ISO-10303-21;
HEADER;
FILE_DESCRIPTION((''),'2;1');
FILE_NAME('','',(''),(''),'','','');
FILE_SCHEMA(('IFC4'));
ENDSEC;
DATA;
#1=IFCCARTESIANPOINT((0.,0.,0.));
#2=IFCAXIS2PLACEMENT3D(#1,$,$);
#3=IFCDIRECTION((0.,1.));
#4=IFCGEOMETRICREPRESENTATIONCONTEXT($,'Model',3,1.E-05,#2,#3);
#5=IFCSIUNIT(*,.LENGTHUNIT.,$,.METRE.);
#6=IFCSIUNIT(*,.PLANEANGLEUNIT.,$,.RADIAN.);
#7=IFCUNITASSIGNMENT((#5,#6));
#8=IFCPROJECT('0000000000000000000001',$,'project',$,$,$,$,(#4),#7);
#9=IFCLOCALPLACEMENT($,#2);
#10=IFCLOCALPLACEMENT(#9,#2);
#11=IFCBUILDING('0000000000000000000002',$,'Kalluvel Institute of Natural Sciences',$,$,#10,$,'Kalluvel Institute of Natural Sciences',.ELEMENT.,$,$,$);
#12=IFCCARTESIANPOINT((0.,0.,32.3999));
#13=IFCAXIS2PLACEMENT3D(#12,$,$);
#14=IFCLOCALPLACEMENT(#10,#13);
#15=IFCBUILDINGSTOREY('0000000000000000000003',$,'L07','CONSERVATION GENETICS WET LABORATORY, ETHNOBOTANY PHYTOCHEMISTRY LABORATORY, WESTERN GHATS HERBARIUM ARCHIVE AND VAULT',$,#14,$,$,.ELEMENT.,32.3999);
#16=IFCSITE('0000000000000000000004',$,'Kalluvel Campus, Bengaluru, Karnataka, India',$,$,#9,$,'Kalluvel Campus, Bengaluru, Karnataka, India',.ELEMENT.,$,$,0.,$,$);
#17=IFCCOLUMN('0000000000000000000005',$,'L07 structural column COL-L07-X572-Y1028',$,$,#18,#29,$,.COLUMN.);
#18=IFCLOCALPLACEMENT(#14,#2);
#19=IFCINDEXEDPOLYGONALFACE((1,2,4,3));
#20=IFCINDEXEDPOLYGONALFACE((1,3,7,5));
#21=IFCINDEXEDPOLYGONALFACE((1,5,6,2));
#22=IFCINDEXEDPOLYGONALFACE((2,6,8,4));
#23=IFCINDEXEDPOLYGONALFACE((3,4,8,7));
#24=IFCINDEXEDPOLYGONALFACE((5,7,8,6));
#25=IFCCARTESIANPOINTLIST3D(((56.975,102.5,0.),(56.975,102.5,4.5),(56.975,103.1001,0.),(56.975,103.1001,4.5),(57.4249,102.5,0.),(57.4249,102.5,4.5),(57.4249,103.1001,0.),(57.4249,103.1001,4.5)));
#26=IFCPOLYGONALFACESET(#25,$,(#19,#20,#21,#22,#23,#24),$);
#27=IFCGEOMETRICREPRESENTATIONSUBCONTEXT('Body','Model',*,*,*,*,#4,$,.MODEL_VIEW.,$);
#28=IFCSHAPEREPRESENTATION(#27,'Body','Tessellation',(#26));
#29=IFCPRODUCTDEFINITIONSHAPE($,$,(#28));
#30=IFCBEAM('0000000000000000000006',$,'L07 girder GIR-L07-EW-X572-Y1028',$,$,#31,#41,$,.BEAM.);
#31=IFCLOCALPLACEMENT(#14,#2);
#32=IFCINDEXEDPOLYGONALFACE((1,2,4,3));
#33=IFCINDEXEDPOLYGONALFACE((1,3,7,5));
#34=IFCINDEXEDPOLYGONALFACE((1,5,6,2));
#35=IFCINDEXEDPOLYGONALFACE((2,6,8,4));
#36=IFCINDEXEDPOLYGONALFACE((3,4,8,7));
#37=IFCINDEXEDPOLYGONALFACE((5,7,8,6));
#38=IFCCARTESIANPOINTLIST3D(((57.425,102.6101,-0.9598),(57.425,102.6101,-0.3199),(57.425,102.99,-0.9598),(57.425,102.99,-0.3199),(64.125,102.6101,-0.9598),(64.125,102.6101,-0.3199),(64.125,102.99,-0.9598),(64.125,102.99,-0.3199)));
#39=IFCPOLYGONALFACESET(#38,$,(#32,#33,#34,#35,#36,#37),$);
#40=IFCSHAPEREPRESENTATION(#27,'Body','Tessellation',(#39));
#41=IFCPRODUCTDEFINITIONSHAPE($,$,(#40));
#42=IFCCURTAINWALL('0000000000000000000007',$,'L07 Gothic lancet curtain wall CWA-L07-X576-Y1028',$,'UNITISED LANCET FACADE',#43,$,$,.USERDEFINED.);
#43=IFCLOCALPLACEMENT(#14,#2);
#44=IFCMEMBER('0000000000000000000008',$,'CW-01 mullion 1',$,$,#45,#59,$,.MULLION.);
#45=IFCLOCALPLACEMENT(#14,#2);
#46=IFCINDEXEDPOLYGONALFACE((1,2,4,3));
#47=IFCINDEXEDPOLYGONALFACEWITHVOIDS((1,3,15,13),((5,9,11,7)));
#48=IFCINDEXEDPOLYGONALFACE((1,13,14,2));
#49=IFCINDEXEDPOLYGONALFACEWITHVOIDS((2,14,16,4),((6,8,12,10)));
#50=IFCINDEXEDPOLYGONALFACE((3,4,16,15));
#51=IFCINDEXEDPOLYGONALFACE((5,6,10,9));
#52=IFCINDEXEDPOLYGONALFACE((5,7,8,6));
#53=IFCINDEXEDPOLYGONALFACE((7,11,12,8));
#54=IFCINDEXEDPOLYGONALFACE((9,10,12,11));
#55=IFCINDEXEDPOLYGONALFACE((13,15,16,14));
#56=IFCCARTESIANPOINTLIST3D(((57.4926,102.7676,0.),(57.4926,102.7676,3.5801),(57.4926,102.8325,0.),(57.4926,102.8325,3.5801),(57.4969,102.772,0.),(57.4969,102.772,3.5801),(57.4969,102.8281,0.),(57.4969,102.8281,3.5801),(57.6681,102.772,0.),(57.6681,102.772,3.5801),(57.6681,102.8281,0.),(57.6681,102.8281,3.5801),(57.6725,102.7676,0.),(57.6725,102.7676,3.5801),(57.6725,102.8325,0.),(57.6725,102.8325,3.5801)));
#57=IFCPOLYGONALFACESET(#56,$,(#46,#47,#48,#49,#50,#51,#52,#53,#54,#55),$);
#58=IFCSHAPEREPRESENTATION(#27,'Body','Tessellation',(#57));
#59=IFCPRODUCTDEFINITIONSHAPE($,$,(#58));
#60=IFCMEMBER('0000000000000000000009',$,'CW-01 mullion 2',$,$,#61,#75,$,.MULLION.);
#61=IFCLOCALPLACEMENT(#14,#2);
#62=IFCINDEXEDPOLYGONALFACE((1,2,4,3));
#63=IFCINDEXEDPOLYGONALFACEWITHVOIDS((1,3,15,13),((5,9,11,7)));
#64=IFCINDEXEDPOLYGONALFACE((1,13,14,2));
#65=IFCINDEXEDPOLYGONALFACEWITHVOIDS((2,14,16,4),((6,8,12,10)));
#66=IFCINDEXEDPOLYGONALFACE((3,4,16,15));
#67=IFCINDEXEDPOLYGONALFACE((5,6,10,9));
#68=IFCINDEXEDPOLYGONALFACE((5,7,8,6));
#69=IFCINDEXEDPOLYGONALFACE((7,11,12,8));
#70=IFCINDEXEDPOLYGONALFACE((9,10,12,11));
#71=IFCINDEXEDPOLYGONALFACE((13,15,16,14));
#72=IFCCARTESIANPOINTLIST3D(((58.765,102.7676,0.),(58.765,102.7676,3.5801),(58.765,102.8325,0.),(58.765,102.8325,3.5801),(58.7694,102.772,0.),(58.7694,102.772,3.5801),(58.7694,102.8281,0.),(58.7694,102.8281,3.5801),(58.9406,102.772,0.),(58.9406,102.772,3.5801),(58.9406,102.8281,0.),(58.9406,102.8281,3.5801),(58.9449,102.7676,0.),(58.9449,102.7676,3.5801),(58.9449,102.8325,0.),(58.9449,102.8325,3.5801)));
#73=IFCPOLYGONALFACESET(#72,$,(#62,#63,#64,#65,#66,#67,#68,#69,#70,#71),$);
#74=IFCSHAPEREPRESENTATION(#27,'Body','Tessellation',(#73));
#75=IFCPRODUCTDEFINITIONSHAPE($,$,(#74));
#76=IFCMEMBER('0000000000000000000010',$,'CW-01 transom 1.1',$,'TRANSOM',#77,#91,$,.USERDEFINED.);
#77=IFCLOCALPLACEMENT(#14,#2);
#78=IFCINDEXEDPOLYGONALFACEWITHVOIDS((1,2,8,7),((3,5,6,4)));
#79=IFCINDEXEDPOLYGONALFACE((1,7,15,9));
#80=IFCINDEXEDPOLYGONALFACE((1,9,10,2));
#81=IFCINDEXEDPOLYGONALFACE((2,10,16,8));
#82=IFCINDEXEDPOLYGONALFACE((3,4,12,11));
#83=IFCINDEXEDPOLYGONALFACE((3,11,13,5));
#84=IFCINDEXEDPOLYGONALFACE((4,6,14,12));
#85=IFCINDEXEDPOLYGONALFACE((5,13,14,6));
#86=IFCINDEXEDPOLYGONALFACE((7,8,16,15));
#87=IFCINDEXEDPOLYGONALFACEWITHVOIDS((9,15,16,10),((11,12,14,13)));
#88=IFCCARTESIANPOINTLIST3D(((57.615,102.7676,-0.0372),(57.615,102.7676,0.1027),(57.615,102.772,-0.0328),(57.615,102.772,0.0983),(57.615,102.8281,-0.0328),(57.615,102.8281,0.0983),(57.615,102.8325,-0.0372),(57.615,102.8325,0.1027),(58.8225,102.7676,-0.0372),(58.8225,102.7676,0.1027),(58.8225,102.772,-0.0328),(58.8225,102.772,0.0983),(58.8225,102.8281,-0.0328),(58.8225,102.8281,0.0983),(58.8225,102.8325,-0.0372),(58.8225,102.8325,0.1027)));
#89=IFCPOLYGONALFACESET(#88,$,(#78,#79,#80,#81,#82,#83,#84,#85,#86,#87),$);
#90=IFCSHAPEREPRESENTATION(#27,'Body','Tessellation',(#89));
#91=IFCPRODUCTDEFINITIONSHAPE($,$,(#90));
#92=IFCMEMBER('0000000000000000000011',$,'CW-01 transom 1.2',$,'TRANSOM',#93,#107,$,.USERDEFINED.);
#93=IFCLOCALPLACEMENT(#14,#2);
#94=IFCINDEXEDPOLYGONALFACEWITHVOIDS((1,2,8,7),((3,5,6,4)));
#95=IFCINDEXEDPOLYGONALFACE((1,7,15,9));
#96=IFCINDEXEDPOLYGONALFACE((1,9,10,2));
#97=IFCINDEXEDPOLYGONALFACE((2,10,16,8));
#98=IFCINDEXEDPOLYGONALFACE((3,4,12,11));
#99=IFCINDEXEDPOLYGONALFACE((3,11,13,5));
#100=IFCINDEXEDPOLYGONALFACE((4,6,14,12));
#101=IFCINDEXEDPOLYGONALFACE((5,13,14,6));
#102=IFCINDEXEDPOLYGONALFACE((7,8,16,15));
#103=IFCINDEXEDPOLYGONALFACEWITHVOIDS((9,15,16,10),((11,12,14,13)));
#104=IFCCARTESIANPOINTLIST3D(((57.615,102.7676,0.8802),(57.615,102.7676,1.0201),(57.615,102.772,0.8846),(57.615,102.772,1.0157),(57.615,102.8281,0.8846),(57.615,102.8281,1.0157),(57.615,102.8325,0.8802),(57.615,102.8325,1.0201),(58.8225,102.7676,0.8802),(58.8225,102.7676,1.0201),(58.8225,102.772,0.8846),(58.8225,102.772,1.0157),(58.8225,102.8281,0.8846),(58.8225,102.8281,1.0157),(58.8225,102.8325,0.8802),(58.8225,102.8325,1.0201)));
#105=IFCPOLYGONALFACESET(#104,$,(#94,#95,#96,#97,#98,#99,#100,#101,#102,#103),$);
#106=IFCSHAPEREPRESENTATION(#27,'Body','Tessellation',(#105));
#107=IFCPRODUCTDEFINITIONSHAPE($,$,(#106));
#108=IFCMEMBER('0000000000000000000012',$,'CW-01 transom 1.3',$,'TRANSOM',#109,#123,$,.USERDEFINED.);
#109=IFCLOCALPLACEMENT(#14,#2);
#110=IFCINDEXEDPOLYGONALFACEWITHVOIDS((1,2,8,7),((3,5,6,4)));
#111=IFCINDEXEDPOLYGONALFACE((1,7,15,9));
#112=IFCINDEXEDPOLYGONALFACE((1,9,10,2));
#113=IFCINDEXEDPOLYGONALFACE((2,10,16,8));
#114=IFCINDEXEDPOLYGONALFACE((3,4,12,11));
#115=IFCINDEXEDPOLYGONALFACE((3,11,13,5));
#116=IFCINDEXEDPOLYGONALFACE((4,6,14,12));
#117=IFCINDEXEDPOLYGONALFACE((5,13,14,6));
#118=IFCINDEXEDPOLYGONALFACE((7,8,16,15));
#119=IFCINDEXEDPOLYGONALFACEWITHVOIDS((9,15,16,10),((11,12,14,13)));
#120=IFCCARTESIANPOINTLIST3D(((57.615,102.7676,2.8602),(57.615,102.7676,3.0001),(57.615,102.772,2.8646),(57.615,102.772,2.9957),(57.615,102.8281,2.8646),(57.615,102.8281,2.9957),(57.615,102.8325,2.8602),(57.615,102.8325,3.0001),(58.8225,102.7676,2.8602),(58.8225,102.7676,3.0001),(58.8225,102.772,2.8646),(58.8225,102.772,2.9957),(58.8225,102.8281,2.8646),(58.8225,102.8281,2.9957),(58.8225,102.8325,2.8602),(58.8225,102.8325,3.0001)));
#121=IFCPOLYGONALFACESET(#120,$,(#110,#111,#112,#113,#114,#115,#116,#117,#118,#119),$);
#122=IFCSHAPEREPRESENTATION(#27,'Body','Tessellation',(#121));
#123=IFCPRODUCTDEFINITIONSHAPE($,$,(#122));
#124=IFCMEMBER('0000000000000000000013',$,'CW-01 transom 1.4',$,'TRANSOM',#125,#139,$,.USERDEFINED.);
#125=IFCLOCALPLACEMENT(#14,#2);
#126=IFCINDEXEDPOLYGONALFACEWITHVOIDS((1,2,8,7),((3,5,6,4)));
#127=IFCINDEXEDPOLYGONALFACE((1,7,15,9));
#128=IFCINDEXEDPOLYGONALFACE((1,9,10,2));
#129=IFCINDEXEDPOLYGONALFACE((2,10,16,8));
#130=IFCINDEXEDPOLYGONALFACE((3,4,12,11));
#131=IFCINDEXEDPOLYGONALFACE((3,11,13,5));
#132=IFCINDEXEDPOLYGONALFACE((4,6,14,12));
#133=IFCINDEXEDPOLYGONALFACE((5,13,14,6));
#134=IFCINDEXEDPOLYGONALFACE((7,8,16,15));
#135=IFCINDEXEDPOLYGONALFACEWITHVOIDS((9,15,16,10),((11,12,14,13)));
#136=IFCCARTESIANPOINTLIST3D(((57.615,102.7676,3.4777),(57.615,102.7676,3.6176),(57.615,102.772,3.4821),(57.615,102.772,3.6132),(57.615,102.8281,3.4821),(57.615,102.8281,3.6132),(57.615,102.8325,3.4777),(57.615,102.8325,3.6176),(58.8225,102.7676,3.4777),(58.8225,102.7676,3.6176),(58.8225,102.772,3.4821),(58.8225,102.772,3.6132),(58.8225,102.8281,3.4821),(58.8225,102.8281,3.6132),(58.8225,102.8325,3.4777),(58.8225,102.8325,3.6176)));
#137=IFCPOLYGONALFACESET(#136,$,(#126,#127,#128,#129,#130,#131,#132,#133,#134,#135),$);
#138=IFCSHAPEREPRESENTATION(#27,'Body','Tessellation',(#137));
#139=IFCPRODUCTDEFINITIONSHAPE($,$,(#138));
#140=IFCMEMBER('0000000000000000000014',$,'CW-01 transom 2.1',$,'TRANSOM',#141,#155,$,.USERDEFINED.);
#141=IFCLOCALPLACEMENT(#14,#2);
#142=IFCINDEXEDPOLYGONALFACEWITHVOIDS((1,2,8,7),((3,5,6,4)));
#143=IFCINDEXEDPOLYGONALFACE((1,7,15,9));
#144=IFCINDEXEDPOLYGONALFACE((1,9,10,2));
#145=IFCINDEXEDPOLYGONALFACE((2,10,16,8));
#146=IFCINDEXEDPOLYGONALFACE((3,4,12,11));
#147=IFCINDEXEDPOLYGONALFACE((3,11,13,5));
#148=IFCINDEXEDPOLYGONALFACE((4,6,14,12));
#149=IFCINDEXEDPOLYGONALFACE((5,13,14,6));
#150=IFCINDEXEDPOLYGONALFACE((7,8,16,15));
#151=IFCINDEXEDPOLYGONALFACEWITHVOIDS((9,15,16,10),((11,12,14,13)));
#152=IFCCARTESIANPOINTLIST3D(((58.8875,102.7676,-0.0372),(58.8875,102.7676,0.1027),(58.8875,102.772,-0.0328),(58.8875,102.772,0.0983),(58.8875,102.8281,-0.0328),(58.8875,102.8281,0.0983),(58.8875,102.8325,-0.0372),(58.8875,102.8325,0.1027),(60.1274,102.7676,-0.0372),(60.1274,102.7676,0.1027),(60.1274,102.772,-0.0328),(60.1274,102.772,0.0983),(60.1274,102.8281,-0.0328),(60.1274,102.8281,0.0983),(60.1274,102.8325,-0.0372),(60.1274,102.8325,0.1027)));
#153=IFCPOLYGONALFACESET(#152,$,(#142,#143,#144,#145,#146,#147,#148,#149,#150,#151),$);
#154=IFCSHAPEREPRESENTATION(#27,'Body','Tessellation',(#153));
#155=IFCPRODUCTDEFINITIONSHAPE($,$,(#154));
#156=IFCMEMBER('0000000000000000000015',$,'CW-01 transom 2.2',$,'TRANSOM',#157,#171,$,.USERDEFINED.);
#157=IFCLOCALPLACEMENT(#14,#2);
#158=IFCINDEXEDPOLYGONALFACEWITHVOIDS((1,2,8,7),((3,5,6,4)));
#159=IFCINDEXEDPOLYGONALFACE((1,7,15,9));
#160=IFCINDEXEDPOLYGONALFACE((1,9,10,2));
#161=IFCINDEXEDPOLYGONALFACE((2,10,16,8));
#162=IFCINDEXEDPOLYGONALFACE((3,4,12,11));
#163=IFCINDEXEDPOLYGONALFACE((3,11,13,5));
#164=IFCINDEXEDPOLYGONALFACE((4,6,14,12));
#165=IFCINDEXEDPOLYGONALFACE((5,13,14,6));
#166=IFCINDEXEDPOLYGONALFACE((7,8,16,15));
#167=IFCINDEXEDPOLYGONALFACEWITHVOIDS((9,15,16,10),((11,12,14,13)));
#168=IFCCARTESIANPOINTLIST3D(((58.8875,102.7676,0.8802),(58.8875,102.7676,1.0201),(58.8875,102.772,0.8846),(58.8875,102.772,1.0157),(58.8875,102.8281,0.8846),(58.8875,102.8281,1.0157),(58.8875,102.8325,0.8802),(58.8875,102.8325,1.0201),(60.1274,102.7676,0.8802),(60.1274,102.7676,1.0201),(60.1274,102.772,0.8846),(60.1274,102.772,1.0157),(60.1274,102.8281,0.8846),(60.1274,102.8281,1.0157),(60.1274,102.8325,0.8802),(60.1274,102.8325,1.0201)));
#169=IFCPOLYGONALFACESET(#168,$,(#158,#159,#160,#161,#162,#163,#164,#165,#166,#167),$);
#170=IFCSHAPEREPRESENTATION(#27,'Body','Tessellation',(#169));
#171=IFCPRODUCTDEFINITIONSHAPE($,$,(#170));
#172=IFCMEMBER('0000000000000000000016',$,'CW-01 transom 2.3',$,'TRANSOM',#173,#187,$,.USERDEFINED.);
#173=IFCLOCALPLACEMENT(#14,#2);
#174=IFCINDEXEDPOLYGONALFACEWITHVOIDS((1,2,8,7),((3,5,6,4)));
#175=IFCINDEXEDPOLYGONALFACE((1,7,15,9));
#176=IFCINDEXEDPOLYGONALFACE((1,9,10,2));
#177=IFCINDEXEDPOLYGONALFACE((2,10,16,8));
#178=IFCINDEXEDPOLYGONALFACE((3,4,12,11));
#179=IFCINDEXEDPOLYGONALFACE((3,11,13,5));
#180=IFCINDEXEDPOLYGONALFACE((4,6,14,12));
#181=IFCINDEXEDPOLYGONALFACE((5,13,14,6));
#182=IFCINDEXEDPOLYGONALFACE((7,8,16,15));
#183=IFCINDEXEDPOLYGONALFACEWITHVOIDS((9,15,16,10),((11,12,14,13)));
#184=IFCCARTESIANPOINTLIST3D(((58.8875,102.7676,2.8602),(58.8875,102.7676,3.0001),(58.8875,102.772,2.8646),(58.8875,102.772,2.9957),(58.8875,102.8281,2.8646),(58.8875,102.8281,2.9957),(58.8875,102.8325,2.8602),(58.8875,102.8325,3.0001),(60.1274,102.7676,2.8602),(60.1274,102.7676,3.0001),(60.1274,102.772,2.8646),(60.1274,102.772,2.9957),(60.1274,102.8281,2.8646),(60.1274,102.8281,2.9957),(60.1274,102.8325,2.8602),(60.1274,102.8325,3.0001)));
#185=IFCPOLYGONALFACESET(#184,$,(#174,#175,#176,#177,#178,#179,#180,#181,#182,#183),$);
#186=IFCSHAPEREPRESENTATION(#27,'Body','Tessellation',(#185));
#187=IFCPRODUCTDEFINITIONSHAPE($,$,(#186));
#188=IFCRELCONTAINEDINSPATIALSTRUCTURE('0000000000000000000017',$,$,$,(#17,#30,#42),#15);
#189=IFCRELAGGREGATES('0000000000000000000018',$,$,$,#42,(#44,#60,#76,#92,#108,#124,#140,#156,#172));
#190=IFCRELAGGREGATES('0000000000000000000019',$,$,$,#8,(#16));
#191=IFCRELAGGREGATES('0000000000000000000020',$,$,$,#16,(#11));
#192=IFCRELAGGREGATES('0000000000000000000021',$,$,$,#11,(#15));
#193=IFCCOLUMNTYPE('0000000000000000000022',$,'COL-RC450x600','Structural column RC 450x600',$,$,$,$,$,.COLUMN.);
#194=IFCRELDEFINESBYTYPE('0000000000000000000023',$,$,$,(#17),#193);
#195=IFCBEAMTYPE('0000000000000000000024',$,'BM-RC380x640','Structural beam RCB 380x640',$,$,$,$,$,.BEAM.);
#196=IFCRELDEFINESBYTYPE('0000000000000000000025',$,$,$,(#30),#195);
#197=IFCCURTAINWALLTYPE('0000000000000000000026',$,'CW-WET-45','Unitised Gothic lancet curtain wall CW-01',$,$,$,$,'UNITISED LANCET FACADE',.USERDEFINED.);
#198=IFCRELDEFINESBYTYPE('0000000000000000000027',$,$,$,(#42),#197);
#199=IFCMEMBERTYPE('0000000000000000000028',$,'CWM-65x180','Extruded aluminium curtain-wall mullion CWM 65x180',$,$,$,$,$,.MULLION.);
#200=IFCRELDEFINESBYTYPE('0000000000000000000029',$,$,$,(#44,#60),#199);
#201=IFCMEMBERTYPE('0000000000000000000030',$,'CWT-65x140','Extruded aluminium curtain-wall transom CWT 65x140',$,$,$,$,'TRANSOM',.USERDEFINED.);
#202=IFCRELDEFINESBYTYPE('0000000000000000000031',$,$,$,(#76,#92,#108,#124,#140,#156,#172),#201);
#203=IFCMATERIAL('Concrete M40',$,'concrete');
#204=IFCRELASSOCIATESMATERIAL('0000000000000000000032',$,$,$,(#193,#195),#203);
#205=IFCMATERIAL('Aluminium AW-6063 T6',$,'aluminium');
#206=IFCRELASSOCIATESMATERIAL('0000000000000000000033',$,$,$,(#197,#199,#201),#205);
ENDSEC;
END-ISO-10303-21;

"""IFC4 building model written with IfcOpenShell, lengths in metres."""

from ifc_helpers import new_model, si_unit, direction, frame, origin, origin_2d, place, context, subcontext, project, spatial, rectangle, hollow_rectangle, extrude, material, material_profile, profile_set, type_object, element, aggregate, save


model = new_model("IFC4")

# Units and contexts
model_context = context("Model", 3, precision=1e-05, world=origin(), true_north=direction((0.0, 1.0)))
body_context = subcontext(model_context, "Body", "Model", "MODEL_VIEW")
ifc_project = project(units=[si_unit("LENGTHUNIT", "METRE"), si_unit("PLANEANGLEUNIT", "RADIAN")], contexts=[model_context])

# Site, building, storey
site_placement = place(None, origin())
site = spatial("IfcSite", under=ifc_project, at=site_placement, Name="Kalluvel Campus, Bengaluru, Karnataka, India", LongName="Kalluvel Campus, Bengaluru, Karnataka, India", CompositionType="ELEMENT", RefElevation=0.0)
building_placement = place(site_placement, origin())
building = spatial("IfcBuilding", under=site, at=building_placement, Name="Kalluvel Institute of Natural Sciences", LongName="Kalluvel Institute of Natural Sciences", CompositionType="ELEMENT")
storey_placement = place(building_placement, frame((0.0, 0.0, 32.3999)))
storey = spatial("IfcBuildingStorey", under=building, at=storey_placement, Name="L07", Description="CONSERVATION GENETICS WET LABORATORY, ETHNOBOTANY PHYTOCHEMISTRY LABORATORY, WESTERN GHATS HERBARIUM ARCHIVE AND VAULT", CompositionType="ELEMENT", Elevation=32.3999)

# Column
ifc_material_1 = material(Name="Concrete M40", Category="concrete")
ifc_material_profile_1 = material_profile(ifc_material_1, rectangle(XDim=0.45, YDim=0.6001, at=origin_2d()), Name="RC 450x600")
ifc_profile_set_1 = profile_set([ifc_material_profile_1], Name="Concrete M40")
column_type = type_object("IfcColumnType", Name="COL-RC450x600", Description="Structural column RC 450x600", PredefinedType="COLUMN", material=ifc_profile_set_1)
column_placement = place(storey_placement, frame((57.2, 102.8, 0.0), z_axis=(0.0, 0.0, 1.0), x_axis=(1.0, 0.0, 0.0)))
element("IfcColumn", 1, at=column_placement, inside=storey, type_object=column_type, Name="L07 structural column COL-L07-X572-Y1028", PredefinedType="COLUMN", context=body_context, shape_type="SweptSolid", body=[
    extrude(rectangle(XDim=0.45, YDim=0.6001, at=origin_2d()), origin(), (0.0, 0.0, 1.0), 4.5),
])

# Beam
ifc_material_profile_2 = material_profile(ifc_material_1, rectangle(XDim=0.3799, YDim=0.6399, at=origin_2d()), Name="RCB 380x640")
ifc_profile_set_2 = profile_set([ifc_material_profile_2], Name="Concrete M40")
beam_type = type_object("IfcBeamType", Name="BM-RC380x640", Description="Structural beam RCB 380x640", PredefinedType="BEAM", material=ifc_profile_set_2)
beam_placement = place(storey_placement, frame((57.425, 102.8, -0.6399), z_axis=(1.0, 0.0, 0.0), x_axis=(0.0, 1.0, 0.0)))
element("IfcBeam", 2, at=beam_placement, inside=storey, type_object=beam_type, Name="L07 girder GIR-L07-EW-X572-Y1028", PredefinedType="BEAM", context=body_context, shape_type="SweptSolid", body=[
    extrude(rectangle(XDim=0.3799, YDim=0.6399, at=origin_2d()), origin(), (0.0, 0.0, 1.0), 6.7),
])

# Curtain wall, members
ifc_material_2 = material(Name="Aluminium AW-6063 T6", Category="aluminium")
curtain_wall_type = type_object("IfcCurtainWallType", Name="CW-WET-45", Description="Unitised Gothic lancet curtain wall CW-01", ElementType="UNITISED LANCET FACADE", PredefinedType="USERDEFINED", material=ifc_material_2)
curtain_wall_placement = place(storey_placement, origin())
curtain_wall = element("IfcCurtainWall", 3, at=curtain_wall_placement, inside=storey, type_object=curtain_wall_type, Name="L07 Gothic lancet curtain wall CWA-L07-X576-Y1028", ObjectType="UNITISED LANCET FACADE", PredefinedType="USERDEFINED")
ifc_material_profile_3 = material_profile(ifc_material_2, hollow_rectangle(XDim=0.0649, YDim=0.1799, WallThickness=0.0044, at=origin_2d()), Name="CWM 65x180")
ifc_profile_set_3 = profile_set([ifc_material_profile_3], Name="Aluminium AW-6063 T6")
member_type_1 = type_object("IfcMemberType", Name="CWM-65x180", Description="Extruded aluminium curtain-wall mullion CWM 65x180", PredefinedType="MULLION", material=ifc_profile_set_3)
member_1_placement = place(storey_placement, frame((57.5825, 102.8, 0.0), z_axis=(0.0, 0.0, 1.0), x_axis=(0.0, 1.0, 0.0)))
member_1 = element("IfcMember", 4, at=member_1_placement, type_object=member_type_1, Name="CW-01 mullion 1", PredefinedType="MULLION", context=body_context, shape_type="SweptSolid", body=[
    extrude(hollow_rectangle(XDim=0.0649, YDim=0.1799, WallThickness=0.0044, at=origin_2d()), origin(), (0.0, 0.0, 1.0), 3.5801),
])
member_2_placement = place(storey_placement, frame((58.855, 102.8, 0.0), z_axis=(0.0, 0.0, 1.0), x_axis=(0.0, 1.0, 0.0)))
member_2 = element("IfcMember", 5, at=member_2_placement, type_object=member_type_1, Name="CW-01 mullion 2", PredefinedType="MULLION", context=body_context, shape_type="SweptSolid", body=[
    extrude(hollow_rectangle(XDim=0.0649, YDim=0.1799, WallThickness=0.0044, at=origin_2d()), origin(), (0.0, 0.0, 1.0), 3.5801),
])
ifc_material_profile_4 = material_profile(ifc_material_2, hollow_rectangle(XDim=0.0649, YDim=0.1399, WallThickness=0.0044, at=origin_2d()), Name="CWT 65x140")
ifc_profile_set_4 = profile_set([ifc_material_profile_4], Name="Aluminium AW-6063 T6")
member_type_2 = type_object("IfcMemberType", Name="CWT-65x140", Description="Extruded aluminium curtain-wall transom CWT 65x140", ElementType="TRANSOM", PredefinedType="USERDEFINED", material=ifc_profile_set_4)
member_3_placement = place(storey_placement, frame((57.615, 102.8, 0.0327), z_axis=(1.0, 0.0, 0.0), x_axis=(0.0, 1.0, 0.0)))
member_3 = element("IfcMember", 6, at=member_3_placement, type_object=member_type_2, Name="CW-01 transom 1.1", ObjectType="TRANSOM", PredefinedType="USERDEFINED", context=body_context, shape_type="SweptSolid", body=[
    extrude(hollow_rectangle(XDim=0.0649, YDim=0.1399, WallThickness=0.0044, at=origin_2d()), origin(), (0.0, 0.0, 1.0), 1.2075),
])
member_4_placement = place(storey_placement, frame((57.615, 102.8, 0.9502), z_axis=(1.0, 0.0, 0.0), x_axis=(0.0, 1.0, 0.0)))
member_4 = element("IfcMember", 7, at=member_4_placement, type_object=member_type_2, Name="CW-01 transom 1.2", ObjectType="TRANSOM", PredefinedType="USERDEFINED", context=body_context, shape_type="SweptSolid", body=[
    extrude(hollow_rectangle(XDim=0.0649, YDim=0.1399, WallThickness=0.0044, at=origin_2d()), origin(), (0.0, 0.0, 1.0), 1.2075),
])
member_5_placement = place(storey_placement, frame((57.615, 102.8, 2.9302), z_axis=(1.0, 0.0, 0.0), x_axis=(0.0, 1.0, 0.0)))
member_5 = element("IfcMember", 8, at=member_5_placement, type_object=member_type_2, Name="CW-01 transom 1.3", ObjectType="TRANSOM", PredefinedType="USERDEFINED", context=body_context, shape_type="SweptSolid", body=[
    extrude(hollow_rectangle(XDim=0.0649, YDim=0.1399, WallThickness=0.0044, at=origin_2d()), origin(), (0.0, 0.0, 1.0), 1.2075),
])
member_6_placement = place(storey_placement, frame((57.615, 102.8, 3.5476), z_axis=(1.0, 0.0, 0.0), x_axis=(0.0, 1.0, 0.0)))
member_6 = element("IfcMember", 9, at=member_6_placement, type_object=member_type_2, Name="CW-01 transom 1.4", ObjectType="TRANSOM", PredefinedType="USERDEFINED", context=body_context, shape_type="SweptSolid", body=[
    extrude(hollow_rectangle(XDim=0.0649, YDim=0.1399, WallThickness=0.0044, at=origin_2d()), origin(), (0.0, 0.0, 1.0), 1.2075),
])
member_7_placement = place(storey_placement, frame((58.8875, 102.8, 0.0327), z_axis=(1.0, 0.0, 0.0), x_axis=(0.0, 1.0, 0.0)))
member_7 = element("IfcMember", 10, at=member_7_placement, type_object=member_type_2, Name="CW-01 transom 2.1", ObjectType="TRANSOM", PredefinedType="USERDEFINED", context=body_context, shape_type="SweptSolid", body=[
    extrude(hollow_rectangle(XDim=0.0649, YDim=0.1399, WallThickness=0.0044, at=origin_2d()), origin(), (0.0, 0.0, 1.0), 1.24),
])
member_8_placement = place(storey_placement, frame((58.8875, 102.8, 0.9502), z_axis=(1.0, 0.0, 0.0), x_axis=(0.0, 1.0, 0.0)))
member_8 = element("IfcMember", 11, at=member_8_placement, type_object=member_type_2, Name="CW-01 transom 2.2", ObjectType="TRANSOM", PredefinedType="USERDEFINED", context=body_context, shape_type="SweptSolid", body=[
    extrude(hollow_rectangle(XDim=0.0649, YDim=0.1399, WallThickness=0.0044, at=origin_2d()), origin(), (0.0, 0.0, 1.0), 1.24),
])
member_9_placement = place(storey_placement, frame((58.8875, 102.8, 2.9302), z_axis=(1.0, 0.0, 0.0), x_axis=(0.0, 1.0, 0.0)))
member_9 = element("IfcMember", 12, at=member_9_placement, type_object=member_type_2, Name="CW-01 transom 2.3", ObjectType="TRANSOM", PredefinedType="USERDEFINED", context=body_context, shape_type="SweptSolid", body=[
    extrude(hollow_rectangle(XDim=0.0649, YDim=0.1399, WallThickness=0.0044, at=origin_2d()), origin(), (0.0, 0.0, 1.0), 1.24),
])
aggregate(curtain_wall, [member_1, member_2, member_3, member_4, member_5, member_6, member_7, member_8, member_9])

save(model, "model.ifc")
